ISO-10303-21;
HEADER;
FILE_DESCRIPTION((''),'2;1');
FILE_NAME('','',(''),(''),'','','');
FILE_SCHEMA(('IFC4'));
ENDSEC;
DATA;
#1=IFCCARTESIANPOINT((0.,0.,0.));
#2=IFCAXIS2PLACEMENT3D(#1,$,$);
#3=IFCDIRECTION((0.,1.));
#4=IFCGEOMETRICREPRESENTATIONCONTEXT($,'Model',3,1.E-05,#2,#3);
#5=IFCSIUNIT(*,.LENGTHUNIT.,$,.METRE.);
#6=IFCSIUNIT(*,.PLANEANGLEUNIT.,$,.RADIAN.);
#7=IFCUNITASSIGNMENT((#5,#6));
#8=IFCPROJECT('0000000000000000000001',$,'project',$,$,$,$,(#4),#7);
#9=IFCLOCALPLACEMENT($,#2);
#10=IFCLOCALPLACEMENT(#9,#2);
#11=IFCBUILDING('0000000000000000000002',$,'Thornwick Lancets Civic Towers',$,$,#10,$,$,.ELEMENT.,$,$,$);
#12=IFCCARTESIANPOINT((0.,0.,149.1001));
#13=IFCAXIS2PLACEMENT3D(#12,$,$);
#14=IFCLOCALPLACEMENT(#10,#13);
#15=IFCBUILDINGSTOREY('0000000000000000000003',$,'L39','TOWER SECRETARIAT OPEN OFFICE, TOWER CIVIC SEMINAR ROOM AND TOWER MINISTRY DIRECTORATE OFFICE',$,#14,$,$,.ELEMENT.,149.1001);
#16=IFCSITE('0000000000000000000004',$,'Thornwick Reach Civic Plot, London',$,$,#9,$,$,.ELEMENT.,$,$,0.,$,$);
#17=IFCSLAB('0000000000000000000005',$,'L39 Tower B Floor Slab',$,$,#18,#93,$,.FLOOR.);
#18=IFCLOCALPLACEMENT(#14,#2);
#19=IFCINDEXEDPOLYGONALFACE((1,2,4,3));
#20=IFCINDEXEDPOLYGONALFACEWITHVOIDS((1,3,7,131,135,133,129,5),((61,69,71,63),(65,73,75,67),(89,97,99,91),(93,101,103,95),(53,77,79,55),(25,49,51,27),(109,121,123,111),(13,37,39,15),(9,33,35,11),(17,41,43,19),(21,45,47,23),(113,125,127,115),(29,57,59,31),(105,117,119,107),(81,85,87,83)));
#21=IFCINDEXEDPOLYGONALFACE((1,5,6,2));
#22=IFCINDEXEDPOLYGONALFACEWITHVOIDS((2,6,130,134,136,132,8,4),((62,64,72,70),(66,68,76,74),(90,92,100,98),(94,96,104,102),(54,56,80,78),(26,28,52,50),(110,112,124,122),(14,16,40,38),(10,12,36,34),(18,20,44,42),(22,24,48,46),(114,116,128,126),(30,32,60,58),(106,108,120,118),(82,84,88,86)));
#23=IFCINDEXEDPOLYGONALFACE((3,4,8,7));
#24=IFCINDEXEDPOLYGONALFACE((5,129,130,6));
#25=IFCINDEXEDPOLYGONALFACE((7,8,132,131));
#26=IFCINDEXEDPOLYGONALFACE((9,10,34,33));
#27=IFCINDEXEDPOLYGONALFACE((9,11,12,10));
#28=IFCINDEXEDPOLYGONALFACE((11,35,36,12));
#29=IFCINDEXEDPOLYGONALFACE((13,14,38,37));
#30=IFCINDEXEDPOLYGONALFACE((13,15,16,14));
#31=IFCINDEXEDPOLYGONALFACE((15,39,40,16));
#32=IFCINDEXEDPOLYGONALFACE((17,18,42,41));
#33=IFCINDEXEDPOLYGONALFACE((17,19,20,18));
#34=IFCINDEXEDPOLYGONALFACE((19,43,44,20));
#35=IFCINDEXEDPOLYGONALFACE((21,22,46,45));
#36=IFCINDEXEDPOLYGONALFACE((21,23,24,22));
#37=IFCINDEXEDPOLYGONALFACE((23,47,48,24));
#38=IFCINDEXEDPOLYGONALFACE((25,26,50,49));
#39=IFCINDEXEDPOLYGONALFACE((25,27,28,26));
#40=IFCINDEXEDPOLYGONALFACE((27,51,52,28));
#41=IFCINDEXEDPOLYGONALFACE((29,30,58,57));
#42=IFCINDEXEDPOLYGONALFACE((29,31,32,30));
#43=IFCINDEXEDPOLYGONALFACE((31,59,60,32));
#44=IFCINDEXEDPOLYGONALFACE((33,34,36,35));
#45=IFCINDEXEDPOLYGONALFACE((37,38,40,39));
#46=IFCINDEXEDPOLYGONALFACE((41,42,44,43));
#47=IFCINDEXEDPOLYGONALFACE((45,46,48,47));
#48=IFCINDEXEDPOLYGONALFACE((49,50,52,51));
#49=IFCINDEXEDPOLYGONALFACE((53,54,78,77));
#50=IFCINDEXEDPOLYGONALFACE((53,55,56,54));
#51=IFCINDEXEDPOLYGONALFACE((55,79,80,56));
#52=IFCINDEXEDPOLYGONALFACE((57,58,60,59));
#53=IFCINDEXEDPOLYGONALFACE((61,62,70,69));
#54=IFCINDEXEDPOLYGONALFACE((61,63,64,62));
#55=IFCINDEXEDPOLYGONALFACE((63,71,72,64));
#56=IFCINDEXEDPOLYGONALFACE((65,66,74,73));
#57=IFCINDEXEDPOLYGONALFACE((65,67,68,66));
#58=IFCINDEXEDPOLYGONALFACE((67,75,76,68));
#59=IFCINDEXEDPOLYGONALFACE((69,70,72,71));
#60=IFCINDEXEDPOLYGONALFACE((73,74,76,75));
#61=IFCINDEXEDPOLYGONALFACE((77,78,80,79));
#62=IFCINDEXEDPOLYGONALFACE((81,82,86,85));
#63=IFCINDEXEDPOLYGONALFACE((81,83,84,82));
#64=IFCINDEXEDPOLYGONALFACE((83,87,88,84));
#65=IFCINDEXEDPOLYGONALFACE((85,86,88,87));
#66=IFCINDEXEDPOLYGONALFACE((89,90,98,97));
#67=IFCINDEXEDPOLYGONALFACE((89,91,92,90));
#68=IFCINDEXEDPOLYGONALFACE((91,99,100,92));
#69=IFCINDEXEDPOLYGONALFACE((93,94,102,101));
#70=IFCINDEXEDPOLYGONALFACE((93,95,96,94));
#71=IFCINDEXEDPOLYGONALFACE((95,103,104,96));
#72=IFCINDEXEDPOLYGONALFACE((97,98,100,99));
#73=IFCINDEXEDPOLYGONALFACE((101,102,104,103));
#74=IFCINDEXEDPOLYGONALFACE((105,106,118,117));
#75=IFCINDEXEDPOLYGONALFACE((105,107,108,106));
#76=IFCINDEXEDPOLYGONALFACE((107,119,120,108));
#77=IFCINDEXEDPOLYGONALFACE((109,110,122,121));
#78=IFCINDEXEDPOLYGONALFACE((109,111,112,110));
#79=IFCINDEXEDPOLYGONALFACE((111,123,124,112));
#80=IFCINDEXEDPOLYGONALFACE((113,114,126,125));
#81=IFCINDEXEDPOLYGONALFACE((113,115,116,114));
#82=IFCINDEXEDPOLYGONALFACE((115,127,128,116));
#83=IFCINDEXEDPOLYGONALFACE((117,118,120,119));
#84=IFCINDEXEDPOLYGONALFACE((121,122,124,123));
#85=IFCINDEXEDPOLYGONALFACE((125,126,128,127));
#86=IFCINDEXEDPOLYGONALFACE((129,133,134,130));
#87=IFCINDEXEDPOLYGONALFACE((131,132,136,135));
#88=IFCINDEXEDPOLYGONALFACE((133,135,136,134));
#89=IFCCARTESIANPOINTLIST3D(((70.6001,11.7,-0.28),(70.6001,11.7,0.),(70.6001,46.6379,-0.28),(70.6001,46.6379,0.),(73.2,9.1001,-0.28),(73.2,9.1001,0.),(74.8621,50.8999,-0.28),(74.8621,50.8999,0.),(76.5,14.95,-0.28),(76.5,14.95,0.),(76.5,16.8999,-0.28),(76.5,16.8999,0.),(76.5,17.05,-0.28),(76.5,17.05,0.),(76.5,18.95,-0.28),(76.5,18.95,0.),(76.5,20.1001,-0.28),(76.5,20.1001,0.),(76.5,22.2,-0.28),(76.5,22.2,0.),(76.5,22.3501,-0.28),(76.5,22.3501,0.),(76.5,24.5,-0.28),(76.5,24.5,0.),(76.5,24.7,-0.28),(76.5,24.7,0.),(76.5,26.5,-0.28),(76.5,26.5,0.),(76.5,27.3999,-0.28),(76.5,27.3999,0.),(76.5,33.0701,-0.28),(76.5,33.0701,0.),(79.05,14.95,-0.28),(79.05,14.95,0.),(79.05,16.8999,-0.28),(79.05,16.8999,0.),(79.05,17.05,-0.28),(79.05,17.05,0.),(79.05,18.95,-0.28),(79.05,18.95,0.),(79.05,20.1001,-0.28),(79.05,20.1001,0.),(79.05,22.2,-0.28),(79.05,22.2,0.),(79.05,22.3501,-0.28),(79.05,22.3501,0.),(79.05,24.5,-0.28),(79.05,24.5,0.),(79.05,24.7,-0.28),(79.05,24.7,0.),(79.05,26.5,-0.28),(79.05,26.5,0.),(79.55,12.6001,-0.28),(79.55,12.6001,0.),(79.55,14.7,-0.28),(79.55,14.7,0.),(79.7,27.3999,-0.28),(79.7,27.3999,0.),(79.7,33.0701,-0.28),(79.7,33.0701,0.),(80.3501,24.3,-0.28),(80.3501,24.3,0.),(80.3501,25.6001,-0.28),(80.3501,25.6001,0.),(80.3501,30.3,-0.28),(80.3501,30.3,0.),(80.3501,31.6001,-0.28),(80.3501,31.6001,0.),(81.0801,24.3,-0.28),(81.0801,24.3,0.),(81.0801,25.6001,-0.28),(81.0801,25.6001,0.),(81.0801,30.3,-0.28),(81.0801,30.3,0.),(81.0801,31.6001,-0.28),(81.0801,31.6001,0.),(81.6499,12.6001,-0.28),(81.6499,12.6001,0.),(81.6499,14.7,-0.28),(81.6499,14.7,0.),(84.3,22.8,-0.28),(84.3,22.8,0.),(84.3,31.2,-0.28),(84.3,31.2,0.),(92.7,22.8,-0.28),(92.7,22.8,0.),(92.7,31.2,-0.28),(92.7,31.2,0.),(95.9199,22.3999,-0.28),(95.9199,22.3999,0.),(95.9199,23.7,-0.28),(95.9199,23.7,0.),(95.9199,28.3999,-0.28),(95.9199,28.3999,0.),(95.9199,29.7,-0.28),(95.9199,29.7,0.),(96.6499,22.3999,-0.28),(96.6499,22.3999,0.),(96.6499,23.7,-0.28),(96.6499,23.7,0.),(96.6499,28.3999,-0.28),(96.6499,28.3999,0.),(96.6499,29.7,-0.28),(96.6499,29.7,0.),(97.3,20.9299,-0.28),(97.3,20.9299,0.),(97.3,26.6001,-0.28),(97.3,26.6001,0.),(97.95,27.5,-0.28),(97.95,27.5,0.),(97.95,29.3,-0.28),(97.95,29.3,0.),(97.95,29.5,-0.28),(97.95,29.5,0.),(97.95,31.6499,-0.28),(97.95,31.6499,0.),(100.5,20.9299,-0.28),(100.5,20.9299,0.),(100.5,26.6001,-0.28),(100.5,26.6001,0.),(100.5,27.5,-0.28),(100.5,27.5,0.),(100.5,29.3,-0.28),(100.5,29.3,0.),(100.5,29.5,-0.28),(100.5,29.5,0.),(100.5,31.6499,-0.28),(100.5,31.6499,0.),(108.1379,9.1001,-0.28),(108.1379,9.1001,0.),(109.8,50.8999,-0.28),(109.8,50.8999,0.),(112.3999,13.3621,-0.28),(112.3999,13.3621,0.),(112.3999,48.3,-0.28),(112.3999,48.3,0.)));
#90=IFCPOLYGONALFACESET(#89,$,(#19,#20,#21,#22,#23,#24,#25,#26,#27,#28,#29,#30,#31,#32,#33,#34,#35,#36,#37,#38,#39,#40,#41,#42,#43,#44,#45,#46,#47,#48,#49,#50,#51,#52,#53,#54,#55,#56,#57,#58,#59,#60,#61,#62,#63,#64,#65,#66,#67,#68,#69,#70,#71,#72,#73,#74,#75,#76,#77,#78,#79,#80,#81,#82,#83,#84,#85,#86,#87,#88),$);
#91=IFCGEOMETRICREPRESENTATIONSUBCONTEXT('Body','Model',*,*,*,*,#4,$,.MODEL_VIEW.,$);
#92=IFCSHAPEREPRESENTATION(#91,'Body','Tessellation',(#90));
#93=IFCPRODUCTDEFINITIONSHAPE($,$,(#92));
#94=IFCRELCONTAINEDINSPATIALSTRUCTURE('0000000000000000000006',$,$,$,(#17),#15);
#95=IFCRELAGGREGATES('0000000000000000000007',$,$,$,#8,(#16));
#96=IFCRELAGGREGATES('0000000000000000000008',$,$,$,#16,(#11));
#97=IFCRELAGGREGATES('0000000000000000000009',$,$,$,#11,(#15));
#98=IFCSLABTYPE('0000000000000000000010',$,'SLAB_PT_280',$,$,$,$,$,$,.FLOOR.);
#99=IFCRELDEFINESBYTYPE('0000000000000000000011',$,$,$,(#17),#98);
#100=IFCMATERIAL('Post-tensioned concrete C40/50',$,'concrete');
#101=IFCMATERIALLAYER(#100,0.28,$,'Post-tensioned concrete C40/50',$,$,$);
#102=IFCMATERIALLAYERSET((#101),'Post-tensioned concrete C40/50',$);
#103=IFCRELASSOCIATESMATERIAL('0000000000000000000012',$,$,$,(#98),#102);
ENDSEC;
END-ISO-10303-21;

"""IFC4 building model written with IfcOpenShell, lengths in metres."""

from ifc_helpers import new_model, si_unit, direction, frame, origin, place, context, subcontext, project, spatial, polyline, outline, extrude, material, layer, layer_set, type_object, element, save


model = new_model("IFC4")

# Units and contexts
model_context = context("Model", 3, precision=1e-05, world=origin(), true_north=direction((0.0, 1.0)))
body_context = subcontext(model_context, "Body", "Model", "MODEL_VIEW")
ifc_project = project(units=[si_unit("LENGTHUNIT", "METRE"), si_unit("PLANEANGLEUNIT", "RADIAN")], contexts=[model_context])

# Site, building, storey
site_placement = place(None, origin())
site = spatial("IfcSite", under=ifc_project, at=site_placement, Name="Thornwick Reach Civic Plot, London", CompositionType="ELEMENT", RefElevation=0.0)
building_placement = place(site_placement, origin())
building = spatial("IfcBuilding", under=site, at=building_placement, Name="Thornwick Lancets Civic Towers", CompositionType="ELEMENT")
storey_placement = place(building_placement, frame((0.0, 0.0, 149.1001)))
storey = spatial("IfcBuildingStorey", under=building, at=storey_placement, Name="L39", Description="TOWER SECRETARIAT OPEN OFFICE, TOWER CIVIC SEMINAR ROOM AND TOWER MINISTRY DIRECTORATE OFFICE", CompositionType="ELEMENT", Elevation=149.1001)

# Slab
ifc_material_1 = material(Name="Post-tensioned concrete C40/50", Category="concrete")
ifc_layer_1 = layer(ifc_material_1, 0.28, Name="Post-tensioned concrete C40/50")
ifc_layer_set_1 = layer_set([ifc_layer_1], Name="Post-tensioned concrete C40/50")
slab_type_1 = type_object("IfcSlabType", Name="SLAB_PT_280", PredefinedType="FLOOR", material=ifc_layer_set_1)
slab_1_placement = place(storey_placement, frame((0.0, 0.0, -0.28)))
element("IfcSlab", 1, at=slab_1_placement, inside=storey, type_object=slab_type_1, Name="L39 Tower B Floor Slab", PredefinedType="FLOOR", context=body_context, shape_type="SweptSolid", body=[
    extrude(outline(polyline([(73.2, 9.1001), (108.1379, 9.1001), (112.3999, 13.3621), (112.3999, 48.3), (109.8, 50.8999), (74.8621, 50.8999), (70.6001, 46.6379), (70.6001, 11.7), (73.2, 9.1001)]), holes=[polyline([(84.3, 22.8), (92.7, 22.8), (92.7, 31.2), (84.3, 31.2), (84.3, 22.8)]), polyline([(100.5, 20.9299), (100.5, 26.6001), (97.3, 26.6001), (97.3, 20.9299), (100.5, 20.9299)]), polyline([(76.5, 33.0701), (76.5, 27.3999), (79.7, 27.3999), (79.7, 33.0701), (76.5, 33.0701)]), polyline([(97.95, 27.5), (100.5, 27.5), (100.5, 29.3), (97.95, 29.3), (97.95, 27.5)]), polyline([(97.95, 29.5), (100.5, 29.5), (100.5, 31.6499), (97.95, 31.6499), (97.95, 29.5)]), polyline([(76.5, 24.7), (79.05, 24.7), (79.05, 26.5), (76.5, 26.5), (76.5, 24.7)]), polyline([(76.5, 22.3501), (79.05, 22.3501), (79.05, 24.5), (76.5, 24.5), (76.5, 22.3501)]), polyline([(76.5, 20.1001), (79.05, 20.1001), (79.05, 22.2), (76.5, 22.2), (76.5, 20.1001)]), polyline([(76.5, 17.05), (79.05, 17.05), (79.05, 18.95), (76.5, 18.95), (76.5, 17.05)]), polyline([(76.5, 14.95), (79.05, 14.95), (79.05, 16.8999), (76.5, 16.8999), (76.5, 14.95)]), polyline([(79.55, 12.6001), (81.6499, 12.6001), (81.6499, 14.7), (79.55, 14.7), (79.55, 12.6001)]), polyline([(95.9199, 28.3999), (96.6499, 28.3999), (96.6499, 29.7), (95.9199, 29.7), (95.9199, 28.3999)]), polyline([(95.9199, 22.3999), (96.6499, 22.3999), (96.6499, 23.7), (95.9199, 23.7), (95.9199, 22.3999)]), polyline([(80.3501, 24.3), (81.0801, 24.3), (81.0801, 25.6001), (80.3501, 25.6001), (80.3501, 24.3)]), polyline([(80.3501, 30.3), (81.0801, 30.3), (81.0801, 31.6001), (80.3501, 31.6001), (80.3501, 30.3)])]), origin(), (0.0, 0.0, 1.0), 0.28),
])

save(model, "model.ifc")
